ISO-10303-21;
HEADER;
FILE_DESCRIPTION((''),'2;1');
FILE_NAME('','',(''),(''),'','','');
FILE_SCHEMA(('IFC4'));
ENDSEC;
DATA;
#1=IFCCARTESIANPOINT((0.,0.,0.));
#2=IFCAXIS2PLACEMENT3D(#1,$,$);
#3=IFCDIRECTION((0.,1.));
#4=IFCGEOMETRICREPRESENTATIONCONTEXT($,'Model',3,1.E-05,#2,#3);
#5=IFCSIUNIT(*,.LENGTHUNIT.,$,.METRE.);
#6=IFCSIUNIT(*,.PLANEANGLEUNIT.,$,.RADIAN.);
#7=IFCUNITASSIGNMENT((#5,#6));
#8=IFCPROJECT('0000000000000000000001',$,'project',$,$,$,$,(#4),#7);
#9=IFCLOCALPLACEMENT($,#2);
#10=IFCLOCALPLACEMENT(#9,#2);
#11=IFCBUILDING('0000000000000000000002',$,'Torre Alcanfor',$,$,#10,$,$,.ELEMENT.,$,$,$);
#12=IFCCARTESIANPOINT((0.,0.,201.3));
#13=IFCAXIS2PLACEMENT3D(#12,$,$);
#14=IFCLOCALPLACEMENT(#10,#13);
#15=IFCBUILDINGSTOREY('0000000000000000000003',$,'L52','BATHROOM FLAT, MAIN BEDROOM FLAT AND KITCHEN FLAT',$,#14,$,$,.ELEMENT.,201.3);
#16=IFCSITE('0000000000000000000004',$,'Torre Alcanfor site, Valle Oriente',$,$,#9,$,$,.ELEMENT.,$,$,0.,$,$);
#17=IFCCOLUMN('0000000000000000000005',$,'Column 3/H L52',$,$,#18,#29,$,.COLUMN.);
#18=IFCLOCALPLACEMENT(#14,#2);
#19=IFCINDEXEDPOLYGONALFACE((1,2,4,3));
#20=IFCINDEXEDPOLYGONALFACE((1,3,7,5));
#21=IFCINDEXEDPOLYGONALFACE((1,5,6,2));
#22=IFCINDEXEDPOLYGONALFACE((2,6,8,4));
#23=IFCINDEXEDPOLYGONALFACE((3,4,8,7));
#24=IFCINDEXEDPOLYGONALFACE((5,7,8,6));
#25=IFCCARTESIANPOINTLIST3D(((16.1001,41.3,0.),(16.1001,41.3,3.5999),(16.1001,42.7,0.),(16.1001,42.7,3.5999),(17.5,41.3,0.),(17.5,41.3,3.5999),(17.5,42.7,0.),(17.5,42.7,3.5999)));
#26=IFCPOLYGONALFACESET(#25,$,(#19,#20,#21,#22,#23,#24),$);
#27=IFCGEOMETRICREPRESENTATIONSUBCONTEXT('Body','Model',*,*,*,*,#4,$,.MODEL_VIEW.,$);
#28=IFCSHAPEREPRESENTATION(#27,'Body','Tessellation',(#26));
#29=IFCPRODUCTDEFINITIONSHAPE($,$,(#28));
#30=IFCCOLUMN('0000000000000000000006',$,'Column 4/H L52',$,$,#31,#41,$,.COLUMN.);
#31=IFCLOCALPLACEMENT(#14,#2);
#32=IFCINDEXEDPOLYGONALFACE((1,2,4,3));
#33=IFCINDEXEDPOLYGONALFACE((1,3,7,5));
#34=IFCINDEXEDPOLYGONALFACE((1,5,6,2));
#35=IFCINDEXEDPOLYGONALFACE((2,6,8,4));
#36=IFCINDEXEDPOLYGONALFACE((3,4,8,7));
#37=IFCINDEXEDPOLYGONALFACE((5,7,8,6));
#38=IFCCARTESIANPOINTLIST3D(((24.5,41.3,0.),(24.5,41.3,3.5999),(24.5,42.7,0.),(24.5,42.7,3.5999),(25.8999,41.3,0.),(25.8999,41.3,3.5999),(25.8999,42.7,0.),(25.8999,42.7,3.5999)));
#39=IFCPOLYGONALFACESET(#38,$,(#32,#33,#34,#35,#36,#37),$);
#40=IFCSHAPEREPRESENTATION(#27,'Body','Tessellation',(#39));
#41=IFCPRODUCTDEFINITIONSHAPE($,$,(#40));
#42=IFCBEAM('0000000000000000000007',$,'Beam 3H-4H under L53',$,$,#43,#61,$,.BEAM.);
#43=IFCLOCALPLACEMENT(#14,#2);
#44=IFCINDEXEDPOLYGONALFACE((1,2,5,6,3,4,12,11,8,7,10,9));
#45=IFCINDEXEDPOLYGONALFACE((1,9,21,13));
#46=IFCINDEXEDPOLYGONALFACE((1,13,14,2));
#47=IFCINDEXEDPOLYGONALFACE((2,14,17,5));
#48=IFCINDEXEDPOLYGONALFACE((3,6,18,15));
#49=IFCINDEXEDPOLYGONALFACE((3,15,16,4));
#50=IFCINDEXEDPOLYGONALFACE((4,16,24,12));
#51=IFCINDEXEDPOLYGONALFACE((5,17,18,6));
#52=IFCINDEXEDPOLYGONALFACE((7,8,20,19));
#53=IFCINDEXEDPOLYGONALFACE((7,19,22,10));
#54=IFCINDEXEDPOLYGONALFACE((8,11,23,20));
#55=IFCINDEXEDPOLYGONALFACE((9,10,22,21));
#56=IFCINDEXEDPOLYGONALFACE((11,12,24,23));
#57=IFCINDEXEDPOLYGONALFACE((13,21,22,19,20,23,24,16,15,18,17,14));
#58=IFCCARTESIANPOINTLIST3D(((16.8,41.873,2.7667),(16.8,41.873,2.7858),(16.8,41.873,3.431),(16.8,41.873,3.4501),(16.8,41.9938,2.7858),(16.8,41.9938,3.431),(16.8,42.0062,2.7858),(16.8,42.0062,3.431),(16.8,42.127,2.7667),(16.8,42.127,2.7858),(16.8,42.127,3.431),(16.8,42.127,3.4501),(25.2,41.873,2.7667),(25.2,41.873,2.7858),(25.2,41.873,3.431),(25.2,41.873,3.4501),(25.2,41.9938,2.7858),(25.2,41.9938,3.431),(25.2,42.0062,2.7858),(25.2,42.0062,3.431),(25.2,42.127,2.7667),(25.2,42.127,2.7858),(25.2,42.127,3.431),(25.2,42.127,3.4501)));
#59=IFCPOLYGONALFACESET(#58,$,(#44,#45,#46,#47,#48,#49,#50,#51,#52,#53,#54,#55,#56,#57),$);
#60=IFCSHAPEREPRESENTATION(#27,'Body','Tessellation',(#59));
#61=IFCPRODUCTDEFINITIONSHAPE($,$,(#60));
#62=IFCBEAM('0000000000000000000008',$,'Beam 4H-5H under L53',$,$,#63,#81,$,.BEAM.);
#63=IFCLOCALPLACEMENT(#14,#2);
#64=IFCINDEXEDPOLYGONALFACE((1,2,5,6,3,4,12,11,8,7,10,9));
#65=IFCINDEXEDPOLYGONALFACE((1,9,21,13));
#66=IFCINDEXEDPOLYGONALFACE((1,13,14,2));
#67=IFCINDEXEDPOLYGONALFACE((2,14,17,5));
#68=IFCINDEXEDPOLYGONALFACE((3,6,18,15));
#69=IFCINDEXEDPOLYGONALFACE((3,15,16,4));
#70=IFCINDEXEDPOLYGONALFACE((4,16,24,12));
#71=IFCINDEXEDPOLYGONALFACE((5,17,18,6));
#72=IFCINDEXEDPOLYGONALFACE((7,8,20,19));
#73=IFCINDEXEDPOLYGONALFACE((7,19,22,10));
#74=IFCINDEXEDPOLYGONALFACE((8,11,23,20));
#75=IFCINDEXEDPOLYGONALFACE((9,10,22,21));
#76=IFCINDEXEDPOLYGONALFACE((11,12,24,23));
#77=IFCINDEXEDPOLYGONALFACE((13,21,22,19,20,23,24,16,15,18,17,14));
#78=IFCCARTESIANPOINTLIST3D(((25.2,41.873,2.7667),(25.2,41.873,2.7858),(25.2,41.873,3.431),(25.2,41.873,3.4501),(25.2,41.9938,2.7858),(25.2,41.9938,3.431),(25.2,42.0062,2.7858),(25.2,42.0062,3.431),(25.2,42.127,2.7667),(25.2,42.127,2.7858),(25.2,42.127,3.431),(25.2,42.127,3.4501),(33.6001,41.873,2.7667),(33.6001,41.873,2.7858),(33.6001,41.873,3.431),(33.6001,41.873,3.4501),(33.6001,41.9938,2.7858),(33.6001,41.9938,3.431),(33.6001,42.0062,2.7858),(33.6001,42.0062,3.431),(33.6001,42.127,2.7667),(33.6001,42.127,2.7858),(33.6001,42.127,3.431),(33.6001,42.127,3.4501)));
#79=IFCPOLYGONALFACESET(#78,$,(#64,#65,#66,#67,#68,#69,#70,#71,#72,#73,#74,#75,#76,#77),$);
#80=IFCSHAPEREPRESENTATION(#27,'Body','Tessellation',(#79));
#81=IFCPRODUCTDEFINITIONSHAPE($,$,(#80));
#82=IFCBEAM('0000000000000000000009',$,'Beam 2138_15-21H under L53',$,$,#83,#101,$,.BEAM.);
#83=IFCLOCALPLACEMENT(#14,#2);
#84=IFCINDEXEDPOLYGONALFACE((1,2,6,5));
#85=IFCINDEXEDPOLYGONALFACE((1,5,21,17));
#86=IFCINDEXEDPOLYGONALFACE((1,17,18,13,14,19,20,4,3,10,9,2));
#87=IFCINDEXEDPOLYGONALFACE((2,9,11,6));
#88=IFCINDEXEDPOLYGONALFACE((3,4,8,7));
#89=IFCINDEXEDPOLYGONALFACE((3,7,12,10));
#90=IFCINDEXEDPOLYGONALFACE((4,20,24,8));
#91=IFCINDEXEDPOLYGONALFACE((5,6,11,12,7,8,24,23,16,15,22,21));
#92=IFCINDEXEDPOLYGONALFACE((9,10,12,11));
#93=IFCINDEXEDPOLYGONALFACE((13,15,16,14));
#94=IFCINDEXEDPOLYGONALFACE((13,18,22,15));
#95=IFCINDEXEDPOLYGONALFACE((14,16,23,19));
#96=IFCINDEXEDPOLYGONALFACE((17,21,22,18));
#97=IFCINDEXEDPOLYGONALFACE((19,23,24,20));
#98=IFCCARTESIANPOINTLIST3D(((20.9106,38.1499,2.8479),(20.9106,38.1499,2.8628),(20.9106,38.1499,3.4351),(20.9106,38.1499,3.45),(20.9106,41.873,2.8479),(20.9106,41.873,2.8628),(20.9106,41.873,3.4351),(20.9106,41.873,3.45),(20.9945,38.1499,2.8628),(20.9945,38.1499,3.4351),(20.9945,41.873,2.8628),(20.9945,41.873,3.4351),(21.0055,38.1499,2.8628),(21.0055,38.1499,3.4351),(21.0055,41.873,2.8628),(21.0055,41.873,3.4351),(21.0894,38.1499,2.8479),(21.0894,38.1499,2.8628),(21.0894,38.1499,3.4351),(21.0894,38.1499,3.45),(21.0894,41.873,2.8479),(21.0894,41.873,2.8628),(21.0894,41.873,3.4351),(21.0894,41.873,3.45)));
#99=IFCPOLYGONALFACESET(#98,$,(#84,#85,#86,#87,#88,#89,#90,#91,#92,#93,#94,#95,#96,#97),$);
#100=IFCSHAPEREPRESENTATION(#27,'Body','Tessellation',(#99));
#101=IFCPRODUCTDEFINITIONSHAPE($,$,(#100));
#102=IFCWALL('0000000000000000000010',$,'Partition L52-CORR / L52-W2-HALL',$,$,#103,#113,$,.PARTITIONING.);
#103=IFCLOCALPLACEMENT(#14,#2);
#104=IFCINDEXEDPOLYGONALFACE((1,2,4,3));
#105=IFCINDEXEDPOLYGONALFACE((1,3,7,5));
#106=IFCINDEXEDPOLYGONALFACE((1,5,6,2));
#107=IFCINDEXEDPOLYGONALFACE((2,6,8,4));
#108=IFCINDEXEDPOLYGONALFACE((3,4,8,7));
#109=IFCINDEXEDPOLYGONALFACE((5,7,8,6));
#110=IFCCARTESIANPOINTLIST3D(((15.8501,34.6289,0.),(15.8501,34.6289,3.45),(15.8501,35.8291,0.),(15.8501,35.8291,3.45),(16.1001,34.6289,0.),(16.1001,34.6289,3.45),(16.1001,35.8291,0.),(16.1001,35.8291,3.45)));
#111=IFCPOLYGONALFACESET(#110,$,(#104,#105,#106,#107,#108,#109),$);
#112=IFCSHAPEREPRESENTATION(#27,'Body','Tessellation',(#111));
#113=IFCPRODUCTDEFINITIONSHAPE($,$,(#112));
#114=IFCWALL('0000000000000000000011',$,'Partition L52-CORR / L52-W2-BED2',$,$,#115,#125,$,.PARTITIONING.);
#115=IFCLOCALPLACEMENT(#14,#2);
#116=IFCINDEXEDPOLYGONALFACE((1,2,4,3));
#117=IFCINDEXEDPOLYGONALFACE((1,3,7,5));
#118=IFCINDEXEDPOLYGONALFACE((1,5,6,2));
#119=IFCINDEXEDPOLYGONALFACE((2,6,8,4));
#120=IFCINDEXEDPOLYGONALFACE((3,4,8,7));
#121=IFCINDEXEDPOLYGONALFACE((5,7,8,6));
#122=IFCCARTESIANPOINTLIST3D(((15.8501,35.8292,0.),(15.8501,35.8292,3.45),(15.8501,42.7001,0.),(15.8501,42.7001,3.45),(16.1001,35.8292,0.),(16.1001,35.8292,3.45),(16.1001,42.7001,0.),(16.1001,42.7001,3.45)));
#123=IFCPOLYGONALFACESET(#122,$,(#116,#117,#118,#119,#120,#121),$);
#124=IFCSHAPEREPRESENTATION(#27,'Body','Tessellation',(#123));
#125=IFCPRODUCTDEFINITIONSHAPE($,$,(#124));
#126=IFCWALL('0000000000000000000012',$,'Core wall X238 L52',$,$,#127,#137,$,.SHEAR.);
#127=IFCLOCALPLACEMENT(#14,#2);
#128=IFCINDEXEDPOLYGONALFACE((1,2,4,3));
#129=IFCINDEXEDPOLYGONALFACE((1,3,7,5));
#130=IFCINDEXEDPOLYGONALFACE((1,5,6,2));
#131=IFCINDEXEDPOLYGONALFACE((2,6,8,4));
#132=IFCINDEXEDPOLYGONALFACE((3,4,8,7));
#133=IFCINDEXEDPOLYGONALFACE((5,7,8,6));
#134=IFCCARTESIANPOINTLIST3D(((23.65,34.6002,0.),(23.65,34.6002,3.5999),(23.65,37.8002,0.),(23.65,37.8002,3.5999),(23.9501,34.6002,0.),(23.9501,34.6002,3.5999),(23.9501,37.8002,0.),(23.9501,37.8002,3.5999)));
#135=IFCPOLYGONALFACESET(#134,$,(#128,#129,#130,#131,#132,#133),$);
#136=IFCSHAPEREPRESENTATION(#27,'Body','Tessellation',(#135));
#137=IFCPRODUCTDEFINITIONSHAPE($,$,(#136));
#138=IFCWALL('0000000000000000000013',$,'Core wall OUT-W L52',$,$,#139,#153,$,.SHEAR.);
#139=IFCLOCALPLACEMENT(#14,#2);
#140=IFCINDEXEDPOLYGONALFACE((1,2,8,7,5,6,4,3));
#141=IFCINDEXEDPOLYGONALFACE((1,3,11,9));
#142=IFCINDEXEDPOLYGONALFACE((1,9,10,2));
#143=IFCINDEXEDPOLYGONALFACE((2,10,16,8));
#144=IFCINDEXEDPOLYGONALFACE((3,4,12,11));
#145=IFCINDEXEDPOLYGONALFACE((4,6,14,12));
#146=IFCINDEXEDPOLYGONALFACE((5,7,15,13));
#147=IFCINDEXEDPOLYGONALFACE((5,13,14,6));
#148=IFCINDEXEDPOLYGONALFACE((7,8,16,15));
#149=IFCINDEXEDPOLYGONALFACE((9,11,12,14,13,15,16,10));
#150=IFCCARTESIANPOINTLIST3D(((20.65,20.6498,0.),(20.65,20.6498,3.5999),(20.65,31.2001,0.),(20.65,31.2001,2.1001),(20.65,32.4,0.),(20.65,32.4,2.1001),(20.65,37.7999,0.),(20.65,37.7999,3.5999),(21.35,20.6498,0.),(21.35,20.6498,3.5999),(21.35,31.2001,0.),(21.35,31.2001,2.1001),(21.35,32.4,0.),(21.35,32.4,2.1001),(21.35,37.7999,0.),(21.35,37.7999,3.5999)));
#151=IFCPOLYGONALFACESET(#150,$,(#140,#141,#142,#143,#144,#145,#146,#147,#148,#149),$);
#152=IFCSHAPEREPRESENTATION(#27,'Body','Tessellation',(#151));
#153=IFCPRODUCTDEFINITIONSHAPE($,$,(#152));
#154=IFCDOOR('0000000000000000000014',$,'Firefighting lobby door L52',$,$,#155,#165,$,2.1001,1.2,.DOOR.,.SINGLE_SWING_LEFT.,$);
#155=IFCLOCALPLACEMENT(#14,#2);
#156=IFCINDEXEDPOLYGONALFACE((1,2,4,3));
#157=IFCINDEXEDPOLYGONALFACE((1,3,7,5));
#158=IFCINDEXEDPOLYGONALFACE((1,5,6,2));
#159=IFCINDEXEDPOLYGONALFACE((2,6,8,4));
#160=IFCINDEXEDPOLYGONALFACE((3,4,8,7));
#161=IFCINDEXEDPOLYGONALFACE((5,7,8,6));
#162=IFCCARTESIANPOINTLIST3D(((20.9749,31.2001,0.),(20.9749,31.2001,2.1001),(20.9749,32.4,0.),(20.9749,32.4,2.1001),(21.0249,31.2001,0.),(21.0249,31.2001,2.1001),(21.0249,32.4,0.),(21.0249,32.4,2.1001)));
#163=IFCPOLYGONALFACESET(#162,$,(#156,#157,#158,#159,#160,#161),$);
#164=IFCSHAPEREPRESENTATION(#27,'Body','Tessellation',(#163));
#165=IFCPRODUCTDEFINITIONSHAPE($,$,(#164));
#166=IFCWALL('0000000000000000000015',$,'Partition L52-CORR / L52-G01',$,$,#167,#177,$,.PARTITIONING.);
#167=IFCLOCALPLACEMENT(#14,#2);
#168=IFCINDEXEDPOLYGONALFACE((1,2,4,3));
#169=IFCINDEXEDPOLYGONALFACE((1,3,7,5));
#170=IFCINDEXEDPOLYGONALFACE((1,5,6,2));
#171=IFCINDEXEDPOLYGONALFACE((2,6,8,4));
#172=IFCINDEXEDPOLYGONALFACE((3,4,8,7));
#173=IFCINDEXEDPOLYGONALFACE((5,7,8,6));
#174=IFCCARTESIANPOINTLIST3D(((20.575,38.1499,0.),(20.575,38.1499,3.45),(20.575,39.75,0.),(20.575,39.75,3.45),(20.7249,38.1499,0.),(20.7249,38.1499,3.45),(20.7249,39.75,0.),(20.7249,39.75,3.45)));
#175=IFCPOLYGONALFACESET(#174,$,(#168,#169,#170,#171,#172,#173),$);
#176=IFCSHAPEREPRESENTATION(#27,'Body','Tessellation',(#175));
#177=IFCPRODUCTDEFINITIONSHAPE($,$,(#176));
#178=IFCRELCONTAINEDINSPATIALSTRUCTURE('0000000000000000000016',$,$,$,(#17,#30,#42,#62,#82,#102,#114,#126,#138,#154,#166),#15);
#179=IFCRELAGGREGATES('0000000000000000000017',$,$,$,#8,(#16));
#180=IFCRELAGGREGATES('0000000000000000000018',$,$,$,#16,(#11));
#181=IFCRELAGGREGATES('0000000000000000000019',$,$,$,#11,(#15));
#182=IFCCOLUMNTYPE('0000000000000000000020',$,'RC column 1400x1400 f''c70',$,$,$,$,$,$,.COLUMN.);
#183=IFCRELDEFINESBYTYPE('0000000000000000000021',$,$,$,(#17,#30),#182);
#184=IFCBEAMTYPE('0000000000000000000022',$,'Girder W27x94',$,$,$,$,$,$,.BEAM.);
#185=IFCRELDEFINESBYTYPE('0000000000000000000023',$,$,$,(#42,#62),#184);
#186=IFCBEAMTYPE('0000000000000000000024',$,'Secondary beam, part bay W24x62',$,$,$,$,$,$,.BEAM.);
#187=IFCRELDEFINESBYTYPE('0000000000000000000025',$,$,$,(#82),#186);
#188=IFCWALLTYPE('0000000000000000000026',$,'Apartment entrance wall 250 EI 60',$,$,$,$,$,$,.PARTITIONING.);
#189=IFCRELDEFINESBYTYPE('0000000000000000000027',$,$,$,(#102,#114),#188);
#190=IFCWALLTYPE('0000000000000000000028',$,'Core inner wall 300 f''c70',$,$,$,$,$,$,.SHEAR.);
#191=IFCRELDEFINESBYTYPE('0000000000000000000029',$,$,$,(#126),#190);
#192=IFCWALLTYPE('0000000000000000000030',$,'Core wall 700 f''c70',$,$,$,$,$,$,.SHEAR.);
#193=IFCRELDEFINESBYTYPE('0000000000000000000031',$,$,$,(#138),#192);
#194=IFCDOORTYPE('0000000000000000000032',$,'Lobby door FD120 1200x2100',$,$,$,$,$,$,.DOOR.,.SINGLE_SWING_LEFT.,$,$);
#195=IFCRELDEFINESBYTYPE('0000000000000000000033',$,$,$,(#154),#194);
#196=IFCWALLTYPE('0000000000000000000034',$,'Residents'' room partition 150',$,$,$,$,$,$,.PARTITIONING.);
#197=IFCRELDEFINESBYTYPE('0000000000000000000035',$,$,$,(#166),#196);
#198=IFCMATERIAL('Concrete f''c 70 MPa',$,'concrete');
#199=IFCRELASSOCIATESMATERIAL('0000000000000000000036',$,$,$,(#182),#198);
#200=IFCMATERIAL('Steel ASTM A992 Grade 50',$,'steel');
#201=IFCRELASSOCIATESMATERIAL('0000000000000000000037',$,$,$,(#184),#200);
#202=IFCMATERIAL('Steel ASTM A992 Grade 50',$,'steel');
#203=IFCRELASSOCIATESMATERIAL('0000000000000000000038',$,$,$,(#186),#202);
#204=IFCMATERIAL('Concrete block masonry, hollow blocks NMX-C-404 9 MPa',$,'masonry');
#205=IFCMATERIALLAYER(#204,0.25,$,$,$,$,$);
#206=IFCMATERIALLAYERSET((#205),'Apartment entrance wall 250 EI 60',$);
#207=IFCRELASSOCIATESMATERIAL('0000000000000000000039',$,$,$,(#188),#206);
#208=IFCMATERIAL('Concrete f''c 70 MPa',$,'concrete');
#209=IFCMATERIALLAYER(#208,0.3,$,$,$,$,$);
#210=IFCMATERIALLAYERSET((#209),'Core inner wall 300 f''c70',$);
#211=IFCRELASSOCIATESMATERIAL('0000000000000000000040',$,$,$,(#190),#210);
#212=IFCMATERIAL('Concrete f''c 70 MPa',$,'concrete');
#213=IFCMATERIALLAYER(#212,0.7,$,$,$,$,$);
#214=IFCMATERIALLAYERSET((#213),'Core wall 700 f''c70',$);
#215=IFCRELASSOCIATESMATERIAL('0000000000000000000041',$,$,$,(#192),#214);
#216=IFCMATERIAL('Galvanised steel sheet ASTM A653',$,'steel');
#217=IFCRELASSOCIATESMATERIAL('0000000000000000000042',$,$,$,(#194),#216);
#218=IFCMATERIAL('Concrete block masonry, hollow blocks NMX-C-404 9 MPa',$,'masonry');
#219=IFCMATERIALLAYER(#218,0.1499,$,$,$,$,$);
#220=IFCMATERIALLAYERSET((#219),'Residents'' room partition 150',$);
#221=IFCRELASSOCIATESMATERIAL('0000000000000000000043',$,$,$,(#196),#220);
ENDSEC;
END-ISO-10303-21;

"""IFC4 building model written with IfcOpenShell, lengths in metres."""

from ifc_helpers import new_model, si_unit, direction, frame, frame_2d, origin, origin_2d, place, context, subcontext, project, spatial, rectangle, i_section, extrude, material, layer, layer_set, material_profile, profile_set, type_object, element, fill, save


model = new_model("IFC4")

# Units and contexts
model_context = context("Model", 3, precision=1e-05, world=origin(), true_north=direction((0.0, 1.0)))
body_context = subcontext(model_context, "Body", "Model", "MODEL_VIEW")
ifc_project = project(units=[si_unit("LENGTHUNIT", "METRE"), si_unit("PLANEANGLEUNIT", "RADIAN")], contexts=[model_context])

# Site, building, storey
site_placement = place(None, origin())
site = spatial("IfcSite", under=ifc_project, at=site_placement, Name="Torre Alcanfor site, Valle Oriente", CompositionType="ELEMENT", RefElevation=0.0)
building_placement = place(site_placement, origin())
building = spatial("IfcBuilding", under=site, at=building_placement, Name="Torre Alcanfor", CompositionType="ELEMENT")
storey_placement = place(building_placement, frame((0.0, 0.0, 201.3)))
storey = spatial("IfcBuildingStorey", under=building, at=storey_placement, Name="L52", Description="BATHROOM FLAT, MAIN BEDROOM FLAT AND KITCHEN FLAT", CompositionType="ELEMENT", Elevation=201.3)

# Columns
ifc_material_1 = material(Name="Concrete f'c 70 MPa", Category="concrete")
ifc_material_profile_1 = material_profile(ifc_material_1, rectangle(XDim=1.3999, YDim=1.3999, at=origin_2d()), Name="1400x1400")
ifc_profile_set_1 = profile_set([ifc_material_profile_1], Name="Concrete f'c 70 MPa")
column_type = type_object("IfcColumnType", Name="RC column 1400x1400 f'c70", PredefinedType="COLUMN", material=ifc_profile_set_1)
for number, where, z_axis, x_axis, name in (
    (1, (16.8, 42.0, 0.0), (0.0, 0.0, 1.0), (1.0, 0.0, 0.0), "Column 3/H L52"),
    (2, (25.2, 42.0, 0.0), (0.0, 0.0, 1.0), (1.0, 0.0, 0.0), "Column 4/H L52"),
):
    element("IfcColumn", number, at=place(storey_placement, frame(where, z_axis=z_axis, x_axis=x_axis)), inside=storey, type_object=column_type, Name=name, PredefinedType="COLUMN", context=body_context, shape_type="SweptSolid", body=[
        extrude(rectangle(XDim=1.3999, YDim=1.3999, at=origin_2d()), origin(), (0.0, 0.0, 1.0), 3.5999),
    ])

# Beams
ifc_material_2 = material(Name="Steel ASTM A992 Grade 50", Category="steel")
ifc_material_profile_2 = material_profile(ifc_material_2, i_section(OverallWidth=0.2539, OverallDepth=0.6833, WebThickness=0.0125, FlangeThickness=0.019, at=origin_2d()), Name="W27x94")
ifc_profile_set_2 = profile_set([ifc_material_profile_2], Name="Steel ASTM A992 Grade 50")
beam_type_1 = type_object("IfcBeamType", Name="Girder W27x94", PredefinedType="BEAM", material=ifc_profile_set_2)
beam_1_placement = place(storey_placement, frame((16.8, 42.0, 3.1084), z_axis=(1.0, 0.0, 0.0), x_axis=(0.0, 1.0, 0.0)))
element("IfcBeam", 3, at=beam_1_placement, inside=storey, type_object=beam_type_1, Name="Beam 3H-4H under L53", PredefinedType="BEAM", context=body_context, shape_type="SweptSolid", body=[
    extrude(i_section(OverallWidth=0.2539, OverallDepth=0.6833, WebThickness=0.0125, FlangeThickness=0.019, at=origin_2d()), origin(), (0.0, 0.0, 1.0), 8.3999),
])
beam_2_placement = place(storey_placement, frame((25.2, 42.0, 3.1084), z_axis=(1.0, 0.0, 0.0), x_axis=(0.0, 1.0, 0.0)))
element("IfcBeam", 4, at=beam_2_placement, inside=storey, type_object=beam_type_1, Name="Beam 4H-5H under L53", PredefinedType="BEAM", context=body_context, shape_type="SweptSolid", body=[
    extrude(i_section(OverallWidth=0.2539, OverallDepth=0.6833, WebThickness=0.0125, FlangeThickness=0.019, at=origin_2d()), origin(), (0.0, 0.0, 1.0), 8.4001),
])
ifc_material_3 = material(Name="Steel ASTM A992 Grade 50", Category="steel")
ifc_material_profile_3 = material_profile(ifc_material_3, i_section(OverallWidth=0.1787, OverallDepth=0.6021, WebThickness=0.011, FlangeThickness=0.0149, at=origin_2d()), Name="W24x62")
ifc_profile_set_3 = profile_set([ifc_material_profile_3], Name="Steel ASTM A992 Grade 50")
beam_type_2 = type_object("IfcBeamType", Name="Secondary beam, part bay W24x62", PredefinedType="BEAM", material=ifc_profile_set_3)
beam_3_placement = place(storey_placement, frame((21.0, 38.1499, 3.1489), z_axis=(0.0, 1.0, 0.0), x_axis=(-1.0, 0.0, 0.0)))
element("IfcBeam", 5, at=beam_3_placement, inside=storey, type_object=beam_type_2, Name="Beam 2138_15-21H under L53", PredefinedType="BEAM", context=body_context, shape_type="SweptSolid", body=[
    extrude(i_section(OverallWidth=0.1787, OverallDepth=0.6021, WebThickness=0.011, FlangeThickness=0.0149, at=origin_2d()), origin(), (0.0, 0.0, 1.0), 3.7231),
])

# Walls
ifc_material_4 = material(Name="Concrete block masonry, hollow blocks NMX-C-404 9 MPa", Category="masonry")
ifc_layer_1 = layer(ifc_material_4, 0.25)
ifc_layer_set_1 = layer_set([ifc_layer_1], Name="Apartment entrance wall 250 EI 60")
wall_type_1 = type_object("IfcWallType", Name="Apartment entrance wall 250 EI 60", PredefinedType="PARTITIONING", material=ifc_layer_set_1)
wall_1_placement = place(storey_placement, frame((15.9751, 34.6289, 0.0), z_axis=(0.0, 0.0, 1.0), x_axis=(0.0, 1.0, 0.0)))
element("IfcWall", 6, at=wall_1_placement, inside=storey, type_object=wall_type_1, Name="Partition L52-CORR / L52-W2-HALL", PredefinedType="PARTITIONING", context=body_context, shape_type="SweptSolid", body=[
    extrude(rectangle(XDim=1.2002, YDim=0.25, at=frame_2d((0.6001, 0.0))), origin(), (0.0, 0.0, 1.0), 3.45),
])
wall_2_placement = place(storey_placement, frame((15.9751, 35.8291, 0.0), z_axis=(0.0, 0.0, 1.0), x_axis=(0.0, 1.0, 0.0)))
element("IfcWall", 7, at=wall_2_placement, inside=storey, type_object=wall_type_1, Name="Partition L52-CORR / L52-W2-BED2", PredefinedType="PARTITIONING", context=body_context, shape_type="SweptSolid", body=[
    extrude(rectangle(XDim=6.8708, YDim=0.25, at=frame_2d((3.4355, 0.0))), origin(), (0.0, 0.0, 1.0), 3.45),
])
ifc_material_5 = material(Name="Concrete f'c 70 MPa", Category="concrete")
ifc_layer_2 = layer(ifc_material_5, 0.3)
ifc_layer_set_2 = layer_set([ifc_layer_2], Name="Core inner wall 300 f'c70")
wall_type_2 = type_object("IfcWallType", Name="Core inner wall 300 f'c70", PredefinedType="SHEAR", material=ifc_layer_set_2)
wall_3_placement = place(storey_placement, frame((23.8, 34.6001, 0.0), z_axis=(0.0, 0.0, 1.0), x_axis=(0.0, 1.0, 0.0)))
element("IfcWall", 8, at=wall_3_placement, inside=storey, type_object=wall_type_2, Name="Core wall X238 L52", PredefinedType="SHEAR", context=body_context, shape_type="SweptSolid", body=[
    extrude(rectangle(XDim=3.2, YDim=0.3, at=frame_2d((1.6001, 0.0))), origin(), (0.0, 0.0, 1.0), 3.5999),
])

# Wall, opening, door
ifc_material_6 = material(Name="Concrete f'c 70 MPa", Category="concrete")
ifc_layer_3 = layer(ifc_material_6, 0.7)
ifc_layer_set_3 = layer_set([ifc_layer_3], Name="Core wall 700 f'c70")
wall_type_3 = type_object("IfcWallType", Name="Core wall 700 f'c70", PredefinedType="SHEAR", material=ifc_layer_set_3)
wall_4_placement = place(storey_placement, frame((21.0, 37.8, 0.0), z_axis=(0.0, 0.0, 1.0), x_axis=(0.0, -1.0, 0.0)))
wall_4 = element("IfcWall", 9, at=wall_4_placement, inside=storey, type_object=wall_type_3, Name="Core wall OUT-W L52", PredefinedType="SHEAR", context=body_context, shape_type="SweptSolid", body=[
    extrude(rectangle(XDim=17.1501, YDim=0.7, at=frame_2d((8.5752, 0.0))), origin(), (0.0, 0.0, 1.0), 3.5999),
])
opening_1_placement = place(wall_4_placement, frame((5.3999, 0.0, 0.0)))
opening_1 = element("IfcOpeningElement", 10, at=opening_1_placement, cuts=wall_4, PredefinedType="OPENING", context=body_context, shape_type="SweptSolid", body=[
    extrude(rectangle(XDim=1.2, YDim=2.1001, at=frame_2d((0.6001, 1.05))), frame((0.0, 0.3599, 0.0), z_axis=(0.0, -1.0, 0.0), x_axis=(1.0, 0.0, 0.0)), (0.0, 0.0, 1.0), 0.72),
])
ifc_material_7 = material(Name="Galvanised steel sheet ASTM A653", Category="steel")
door_type_1 = type_object("IfcDoorType", Name="Lobby door FD120 1200x2100", OperationType="SINGLE_SWING_LEFT", PredefinedType="DOOR", material=ifc_material_7)
door_1_placement = place(opening_1_placement, origin())
door_1 = element("IfcDoor", 11, at=door_1_placement, inside=storey, type_object=door_type_1, Name="Firefighting lobby door L52", OperationType="SINGLE_SWING_LEFT", OverallHeight=2.1001, OverallWidth=1.2, PredefinedType="DOOR", context=body_context, shape_type="SweptSolid", body=[
    extrude(rectangle(XDim=1.2, YDim=2.1001, at=frame_2d((0.6001, 1.05))), frame((0.0, 0.0249, 0.0), z_axis=(0.0, -1.0, 0.0), x_axis=(1.0, 0.0, 0.0)), (0.0, 0.0, 1.0), 0.05),
])
fill(opening_1, door_1)

# Wall
ifc_material_8 = material(Name="Concrete block masonry, hollow blocks NMX-C-404 9 MPa", Category="masonry")
ifc_layer_4 = layer(ifc_material_8, 0.1499)
ifc_layer_set_4 = layer_set([ifc_layer_4], Name="Residents' room partition 150")
wall_type_4 = type_object("IfcWallType", Name="Residents' room partition 150", PredefinedType="PARTITIONING", material=ifc_layer_set_4)
wall_5_placement = place(storey_placement, frame((20.6499, 39.75, 0.0), z_axis=(0.0, 0.0, 1.0), x_axis=(0.0, -1.0, 0.0)))
element("IfcWall", 12, at=wall_5_placement, inside=storey, type_object=wall_type_4, Name="Partition L52-CORR / L52-G01", PredefinedType="PARTITIONING", context=body_context, shape_type="SweptSolid", body=[
    extrude(rectangle(XDim=1.6001, YDim=0.1499, at=frame_2d((0.8, 0.0))), origin(), (0.0, 0.0, 1.0), 3.45),
])

save(model, "model.ifc")
